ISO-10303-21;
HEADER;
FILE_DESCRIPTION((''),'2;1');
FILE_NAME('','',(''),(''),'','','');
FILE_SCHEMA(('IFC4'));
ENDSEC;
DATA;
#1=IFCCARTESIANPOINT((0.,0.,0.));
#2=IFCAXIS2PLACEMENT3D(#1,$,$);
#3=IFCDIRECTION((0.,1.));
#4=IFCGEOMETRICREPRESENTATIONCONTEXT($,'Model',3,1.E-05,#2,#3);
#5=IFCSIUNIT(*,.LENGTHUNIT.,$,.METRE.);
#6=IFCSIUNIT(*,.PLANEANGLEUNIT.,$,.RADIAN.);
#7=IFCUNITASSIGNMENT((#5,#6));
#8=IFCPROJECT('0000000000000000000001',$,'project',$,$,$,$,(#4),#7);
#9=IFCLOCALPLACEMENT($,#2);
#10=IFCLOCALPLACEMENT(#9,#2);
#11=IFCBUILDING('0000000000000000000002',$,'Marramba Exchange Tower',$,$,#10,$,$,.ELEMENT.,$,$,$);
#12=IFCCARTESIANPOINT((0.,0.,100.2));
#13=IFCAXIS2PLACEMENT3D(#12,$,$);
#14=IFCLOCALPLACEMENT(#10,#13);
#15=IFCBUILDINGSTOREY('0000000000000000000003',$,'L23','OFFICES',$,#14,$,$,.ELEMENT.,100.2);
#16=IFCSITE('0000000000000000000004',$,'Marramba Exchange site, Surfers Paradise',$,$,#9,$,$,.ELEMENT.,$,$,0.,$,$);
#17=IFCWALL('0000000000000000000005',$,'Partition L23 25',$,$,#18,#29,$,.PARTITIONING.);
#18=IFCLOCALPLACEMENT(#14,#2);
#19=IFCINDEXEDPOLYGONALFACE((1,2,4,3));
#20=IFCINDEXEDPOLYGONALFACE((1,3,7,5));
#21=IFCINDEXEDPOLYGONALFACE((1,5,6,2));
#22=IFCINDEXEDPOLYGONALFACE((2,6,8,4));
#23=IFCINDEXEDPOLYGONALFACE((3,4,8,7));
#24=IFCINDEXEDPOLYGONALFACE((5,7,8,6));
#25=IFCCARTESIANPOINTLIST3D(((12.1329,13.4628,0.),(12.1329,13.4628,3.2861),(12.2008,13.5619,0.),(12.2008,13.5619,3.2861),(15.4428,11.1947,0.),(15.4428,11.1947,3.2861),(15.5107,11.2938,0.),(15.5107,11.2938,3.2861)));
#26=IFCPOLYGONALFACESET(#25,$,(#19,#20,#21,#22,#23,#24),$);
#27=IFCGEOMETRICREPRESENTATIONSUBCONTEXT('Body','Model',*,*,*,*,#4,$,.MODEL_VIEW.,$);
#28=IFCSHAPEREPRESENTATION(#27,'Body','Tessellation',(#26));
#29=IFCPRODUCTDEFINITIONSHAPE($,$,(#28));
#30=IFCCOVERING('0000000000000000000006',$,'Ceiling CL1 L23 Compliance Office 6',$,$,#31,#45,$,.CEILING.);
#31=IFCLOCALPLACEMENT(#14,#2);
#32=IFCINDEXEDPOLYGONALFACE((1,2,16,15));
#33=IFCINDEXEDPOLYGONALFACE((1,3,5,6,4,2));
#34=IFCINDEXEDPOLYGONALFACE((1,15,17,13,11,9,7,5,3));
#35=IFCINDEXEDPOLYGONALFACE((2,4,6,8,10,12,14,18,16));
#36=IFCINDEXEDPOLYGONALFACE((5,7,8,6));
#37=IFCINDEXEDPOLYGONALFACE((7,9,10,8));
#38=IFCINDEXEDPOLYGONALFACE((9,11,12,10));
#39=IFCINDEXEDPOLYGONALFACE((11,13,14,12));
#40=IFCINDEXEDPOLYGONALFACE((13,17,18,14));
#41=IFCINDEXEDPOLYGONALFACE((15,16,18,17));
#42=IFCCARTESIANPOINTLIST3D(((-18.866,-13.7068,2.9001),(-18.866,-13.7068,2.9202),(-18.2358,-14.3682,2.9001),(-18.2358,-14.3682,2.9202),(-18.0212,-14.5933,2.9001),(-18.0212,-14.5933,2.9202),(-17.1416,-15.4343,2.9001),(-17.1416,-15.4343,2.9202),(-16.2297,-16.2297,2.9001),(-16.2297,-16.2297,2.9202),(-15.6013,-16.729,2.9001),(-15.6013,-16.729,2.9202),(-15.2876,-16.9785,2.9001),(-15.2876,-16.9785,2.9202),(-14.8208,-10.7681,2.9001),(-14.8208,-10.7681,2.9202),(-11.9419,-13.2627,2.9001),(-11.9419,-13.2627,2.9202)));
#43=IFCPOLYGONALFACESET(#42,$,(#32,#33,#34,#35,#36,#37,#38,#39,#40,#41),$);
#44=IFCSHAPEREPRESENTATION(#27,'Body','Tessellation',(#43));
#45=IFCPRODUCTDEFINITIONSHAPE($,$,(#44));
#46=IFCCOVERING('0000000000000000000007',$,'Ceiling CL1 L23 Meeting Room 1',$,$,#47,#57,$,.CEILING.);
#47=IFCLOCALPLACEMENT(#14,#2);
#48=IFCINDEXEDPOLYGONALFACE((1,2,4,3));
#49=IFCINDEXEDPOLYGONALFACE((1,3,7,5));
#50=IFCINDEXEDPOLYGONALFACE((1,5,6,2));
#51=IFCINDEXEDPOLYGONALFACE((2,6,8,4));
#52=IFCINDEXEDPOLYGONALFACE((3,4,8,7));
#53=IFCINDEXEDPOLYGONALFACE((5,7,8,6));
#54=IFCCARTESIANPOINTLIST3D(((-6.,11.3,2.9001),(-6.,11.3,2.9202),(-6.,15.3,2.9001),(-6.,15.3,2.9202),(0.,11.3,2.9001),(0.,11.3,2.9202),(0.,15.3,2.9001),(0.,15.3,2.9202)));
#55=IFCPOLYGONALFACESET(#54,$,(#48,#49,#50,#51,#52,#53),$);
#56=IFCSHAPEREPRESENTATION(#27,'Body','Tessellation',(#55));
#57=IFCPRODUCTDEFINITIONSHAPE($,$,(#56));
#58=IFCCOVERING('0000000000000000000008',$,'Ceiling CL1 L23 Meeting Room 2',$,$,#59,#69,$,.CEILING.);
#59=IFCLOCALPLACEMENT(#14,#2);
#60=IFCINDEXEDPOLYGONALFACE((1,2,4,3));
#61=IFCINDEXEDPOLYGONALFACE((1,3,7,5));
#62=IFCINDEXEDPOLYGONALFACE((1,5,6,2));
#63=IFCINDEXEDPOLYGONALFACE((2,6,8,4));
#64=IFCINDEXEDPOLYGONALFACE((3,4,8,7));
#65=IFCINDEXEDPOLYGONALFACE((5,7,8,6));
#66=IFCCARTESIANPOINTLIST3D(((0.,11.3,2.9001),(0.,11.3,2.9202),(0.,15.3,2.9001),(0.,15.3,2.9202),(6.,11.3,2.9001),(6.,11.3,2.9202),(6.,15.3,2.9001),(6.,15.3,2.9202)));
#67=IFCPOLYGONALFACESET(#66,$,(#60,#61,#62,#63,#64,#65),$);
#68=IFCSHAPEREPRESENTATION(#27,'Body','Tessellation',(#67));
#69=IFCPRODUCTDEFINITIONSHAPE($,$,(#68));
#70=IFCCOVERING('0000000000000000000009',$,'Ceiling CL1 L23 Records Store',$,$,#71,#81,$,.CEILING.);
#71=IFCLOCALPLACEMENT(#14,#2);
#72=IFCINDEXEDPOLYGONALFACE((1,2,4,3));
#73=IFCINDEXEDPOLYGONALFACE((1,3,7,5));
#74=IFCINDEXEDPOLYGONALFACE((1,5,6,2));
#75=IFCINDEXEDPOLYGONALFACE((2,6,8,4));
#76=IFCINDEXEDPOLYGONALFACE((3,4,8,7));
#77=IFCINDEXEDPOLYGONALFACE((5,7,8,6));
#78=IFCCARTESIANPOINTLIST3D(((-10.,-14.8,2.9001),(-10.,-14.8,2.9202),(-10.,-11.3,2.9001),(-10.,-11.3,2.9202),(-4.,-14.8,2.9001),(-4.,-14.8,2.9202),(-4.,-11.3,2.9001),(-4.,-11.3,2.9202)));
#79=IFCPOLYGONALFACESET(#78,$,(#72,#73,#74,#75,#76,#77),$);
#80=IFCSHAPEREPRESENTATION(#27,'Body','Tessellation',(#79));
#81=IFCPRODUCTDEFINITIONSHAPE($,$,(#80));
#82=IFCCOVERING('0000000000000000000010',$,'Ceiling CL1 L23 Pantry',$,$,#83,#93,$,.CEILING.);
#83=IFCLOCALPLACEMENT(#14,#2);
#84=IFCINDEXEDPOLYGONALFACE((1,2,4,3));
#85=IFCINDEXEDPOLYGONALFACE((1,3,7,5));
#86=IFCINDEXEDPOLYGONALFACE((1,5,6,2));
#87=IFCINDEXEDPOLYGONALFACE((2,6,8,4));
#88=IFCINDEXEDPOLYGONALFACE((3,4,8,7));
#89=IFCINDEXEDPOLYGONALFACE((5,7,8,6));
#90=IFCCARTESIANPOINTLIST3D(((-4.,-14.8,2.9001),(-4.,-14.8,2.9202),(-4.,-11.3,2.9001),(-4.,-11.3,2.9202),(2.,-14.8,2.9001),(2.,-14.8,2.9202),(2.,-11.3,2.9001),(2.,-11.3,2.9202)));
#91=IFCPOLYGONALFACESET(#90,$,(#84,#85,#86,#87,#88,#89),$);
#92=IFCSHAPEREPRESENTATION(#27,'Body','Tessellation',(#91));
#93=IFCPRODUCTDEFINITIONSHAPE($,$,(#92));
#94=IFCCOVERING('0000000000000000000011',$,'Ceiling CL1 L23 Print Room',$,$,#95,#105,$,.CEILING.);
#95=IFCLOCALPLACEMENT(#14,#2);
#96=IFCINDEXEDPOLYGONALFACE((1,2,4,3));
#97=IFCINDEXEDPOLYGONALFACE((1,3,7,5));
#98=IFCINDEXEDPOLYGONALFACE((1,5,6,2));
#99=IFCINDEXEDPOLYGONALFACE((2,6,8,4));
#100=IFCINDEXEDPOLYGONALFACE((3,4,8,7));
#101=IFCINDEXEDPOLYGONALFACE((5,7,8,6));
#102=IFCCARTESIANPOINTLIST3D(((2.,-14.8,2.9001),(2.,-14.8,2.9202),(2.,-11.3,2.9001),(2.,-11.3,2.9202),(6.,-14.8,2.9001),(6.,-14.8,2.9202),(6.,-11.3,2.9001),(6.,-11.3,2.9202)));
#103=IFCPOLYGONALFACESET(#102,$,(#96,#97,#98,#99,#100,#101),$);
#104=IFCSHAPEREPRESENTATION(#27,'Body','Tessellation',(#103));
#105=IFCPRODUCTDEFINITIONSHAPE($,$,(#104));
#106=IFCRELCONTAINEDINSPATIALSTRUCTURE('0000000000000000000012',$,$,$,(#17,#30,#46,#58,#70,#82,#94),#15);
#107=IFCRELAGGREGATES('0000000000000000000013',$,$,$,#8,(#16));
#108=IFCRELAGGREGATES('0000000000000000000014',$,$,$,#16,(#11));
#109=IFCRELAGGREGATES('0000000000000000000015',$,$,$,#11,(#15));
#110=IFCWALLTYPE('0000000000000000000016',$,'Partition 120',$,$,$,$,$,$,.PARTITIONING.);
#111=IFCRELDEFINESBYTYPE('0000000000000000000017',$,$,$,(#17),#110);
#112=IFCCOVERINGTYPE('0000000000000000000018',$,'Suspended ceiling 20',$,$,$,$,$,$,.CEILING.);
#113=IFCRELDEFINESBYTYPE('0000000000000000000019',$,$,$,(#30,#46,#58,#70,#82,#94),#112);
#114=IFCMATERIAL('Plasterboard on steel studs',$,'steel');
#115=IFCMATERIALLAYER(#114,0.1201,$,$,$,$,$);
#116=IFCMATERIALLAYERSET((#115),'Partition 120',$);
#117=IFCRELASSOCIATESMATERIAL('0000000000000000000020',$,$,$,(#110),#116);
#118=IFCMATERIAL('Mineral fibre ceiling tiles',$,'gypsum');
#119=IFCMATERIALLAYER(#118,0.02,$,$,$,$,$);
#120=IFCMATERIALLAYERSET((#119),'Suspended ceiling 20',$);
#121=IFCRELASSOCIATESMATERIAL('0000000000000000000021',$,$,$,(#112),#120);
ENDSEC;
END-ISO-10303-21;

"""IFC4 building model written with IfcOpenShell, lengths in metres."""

from ifc_helpers import new_model, si_unit, direction, frame, frame_2d, origin, place, context, subcontext, project, spatial, polyline, rectangle, outline, extrude, material, layer, layer_set, type_object, element, save


model = new_model("IFC4")

# Units and contexts
model_context = context("Model", 3, precision=1e-05, world=origin(), true_north=direction((0.0, 1.0)))
body_context = subcontext(model_context, "Body", "Model", "MODEL_VIEW")
ifc_project = project(units=[si_unit("LENGTHUNIT", "METRE"), si_unit("PLANEANGLEUNIT", "RADIAN")], contexts=[model_context])

# Site, building, storey
site_placement = place(None, origin())
site = spatial("IfcSite", under=ifc_project, at=site_placement, Name="Marramba Exchange site, Surfers Paradise", CompositionType="ELEMENT", RefElevation=0.0)
building_placement = place(site_placement, origin())
building = spatial("IfcBuilding", under=site, at=building_placement, Name="Marramba Exchange Tower", CompositionType="ELEMENT")
storey_placement = place(building_placement, frame((0.0, 0.0, 100.2)))
storey = spatial("IfcBuildingStorey", under=building, at=storey_placement, Name="L23", Description="OFFICES", CompositionType="ELEMENT", Elevation=100.2)

# Wall
ifc_material_1 = material(Name="Plasterboard on steel studs", Category="steel")
ifc_layer_1 = layer(ifc_material_1, 0.1201)
ifc_layer_set_1 = layer_set([ifc_layer_1], Name="Partition 120")
wall_type_1 = type_object("IfcWallType", Name="Partition 120", PredefinedType="PARTITIONING", material=ifc_layer_set_1)
wall_1_placement = place(storey_placement, frame((12.1667, 13.5125, 0.0), z_axis=(0.0, 0.0, 1.0), x_axis=(0.824906, -0.565271, 0.0)))
element("IfcWall", 1, at=wall_1_placement, inside=storey, type_object=wall_type_1, Name="Partition L23 25", PredefinedType="PARTITIONING", context=body_context, shape_type="SweptSolid", body=[
    extrude(rectangle(XDim=4.0125, YDim=0.1201, at=frame_2d((2.0063, 0.0))), origin(), (0.0, 0.0, 1.0), 3.2861),
])

# Coverings
ifc_material_2 = material(Name="Mineral fibre ceiling tiles", Category="gypsum")
ifc_layer_2 = layer(ifc_material_2, 0.02)
ifc_layer_set_2 = layer_set([ifc_layer_2], Name="Suspended ceiling 20")
covering_type = type_object("IfcCoveringType", Name="Suspended ceiling 20", PredefinedType="CEILING", material=ifc_layer_set_2)
covering_1_placement = place(storey_placement, frame((0.0, 0.0, 2.9001)))
element("IfcCovering", 2, at=covering_1_placement, inside=storey, type_object=covering_type, Name="Ceiling CL1 L23 Compliance Office 6", PredefinedType="CEILING", context=body_context, shape_type="SweptSolid", body=[
    extrude(outline(polyline([(-15.6013, -16.729), (-16.2297, -16.2297), (-17.1416, -15.4343), (-18.0212, -14.5933), (-18.2358, -14.3682), (-18.866, -13.7068), (-14.8208, -10.7681), (-11.9419, -13.2627), (-15.2876, -16.9785), (-15.6013, -16.729)])), origin(), (0.0, 0.0, 1.0), 0.02),
])
covering_2_placement = place(storey_placement, frame((0.0, 0.0, 2.9001)))
element("IfcCovering", 3, at=covering_2_placement, inside=storey, type_object=covering_type, Name="Ceiling CL1 L23 Meeting Room 1", PredefinedType="CEILING", context=body_context, shape_type="SweptSolid", body=[
    extrude(outline(polyline([(0.0, 11.3), (-6.0, 11.3), (-6.0, 15.3), (0.0, 15.3), (0.0, 11.3)])), origin(), (0.0, 0.0, 1.0), 0.02),
])
covering_3_placement = place(storey_placement, frame((0.0, 0.0, 2.9001)))
element("IfcCovering", 4, at=covering_3_placement, inside=storey, type_object=covering_type, Name="Ceiling CL1 L23 Meeting Room 2", PredefinedType="CEILING", context=body_context, shape_type="SweptSolid", body=[
    extrude(outline(polyline([(6.0, 11.3), (0.0, 11.3), (0.0, 15.3), (6.0, 15.3), (6.0, 11.3)])), origin(), (0.0, 0.0, 1.0), 0.02),
])
covering_4_placement = place(storey_placement, frame((0.0, 0.0, 2.9001)))
element("IfcCovering", 5, at=covering_4_placement, inside=storey, type_object=covering_type, Name="Ceiling CL1 L23 Records Store", PredefinedType="CEILING", context=body_context, shape_type="SweptSolid", body=[
    extrude(outline(polyline([(-4.0, -14.8), (-10.0, -14.8), (-10.0, -11.3), (-4.0, -11.3), (-4.0, -14.8)])), origin(), (0.0, 0.0, 1.0), 0.02),
])
covering_5_placement = place(storey_placement, frame((0.0, 0.0, 2.9001)))
element("IfcCovering", 6, at=covering_5_placement, inside=storey, type_object=covering_type, Name="Ceiling CL1 L23 Pantry", PredefinedType="CEILING", context=body_context, shape_type="SweptSolid", body=[
    extrude(outline(polyline([(2.0, -14.8), (-4.0, -14.8), (-4.0, -11.3), (2.0, -11.3), (2.0, -14.8)])), origin(), (0.0, 0.0, 1.0), 0.02),
])
covering_6_placement = place(storey_placement, frame((0.0, 0.0, 2.9001)))
element("IfcCovering", 7, at=covering_6_placement, inside=storey, type_object=covering_type, Name="Ceiling CL1 L23 Print Room", PredefinedType="CEILING", context=body_context, shape_type="SweptSolid", body=[
    extrude(outline(polyline([(6.0, -11.3), (6.0, -14.8), (2.0, -14.8), (2.0, -11.3), (6.0, -11.3)])), origin(), (0.0, 0.0, 1.0), 0.02),
])

save(model, "model.ifc")
